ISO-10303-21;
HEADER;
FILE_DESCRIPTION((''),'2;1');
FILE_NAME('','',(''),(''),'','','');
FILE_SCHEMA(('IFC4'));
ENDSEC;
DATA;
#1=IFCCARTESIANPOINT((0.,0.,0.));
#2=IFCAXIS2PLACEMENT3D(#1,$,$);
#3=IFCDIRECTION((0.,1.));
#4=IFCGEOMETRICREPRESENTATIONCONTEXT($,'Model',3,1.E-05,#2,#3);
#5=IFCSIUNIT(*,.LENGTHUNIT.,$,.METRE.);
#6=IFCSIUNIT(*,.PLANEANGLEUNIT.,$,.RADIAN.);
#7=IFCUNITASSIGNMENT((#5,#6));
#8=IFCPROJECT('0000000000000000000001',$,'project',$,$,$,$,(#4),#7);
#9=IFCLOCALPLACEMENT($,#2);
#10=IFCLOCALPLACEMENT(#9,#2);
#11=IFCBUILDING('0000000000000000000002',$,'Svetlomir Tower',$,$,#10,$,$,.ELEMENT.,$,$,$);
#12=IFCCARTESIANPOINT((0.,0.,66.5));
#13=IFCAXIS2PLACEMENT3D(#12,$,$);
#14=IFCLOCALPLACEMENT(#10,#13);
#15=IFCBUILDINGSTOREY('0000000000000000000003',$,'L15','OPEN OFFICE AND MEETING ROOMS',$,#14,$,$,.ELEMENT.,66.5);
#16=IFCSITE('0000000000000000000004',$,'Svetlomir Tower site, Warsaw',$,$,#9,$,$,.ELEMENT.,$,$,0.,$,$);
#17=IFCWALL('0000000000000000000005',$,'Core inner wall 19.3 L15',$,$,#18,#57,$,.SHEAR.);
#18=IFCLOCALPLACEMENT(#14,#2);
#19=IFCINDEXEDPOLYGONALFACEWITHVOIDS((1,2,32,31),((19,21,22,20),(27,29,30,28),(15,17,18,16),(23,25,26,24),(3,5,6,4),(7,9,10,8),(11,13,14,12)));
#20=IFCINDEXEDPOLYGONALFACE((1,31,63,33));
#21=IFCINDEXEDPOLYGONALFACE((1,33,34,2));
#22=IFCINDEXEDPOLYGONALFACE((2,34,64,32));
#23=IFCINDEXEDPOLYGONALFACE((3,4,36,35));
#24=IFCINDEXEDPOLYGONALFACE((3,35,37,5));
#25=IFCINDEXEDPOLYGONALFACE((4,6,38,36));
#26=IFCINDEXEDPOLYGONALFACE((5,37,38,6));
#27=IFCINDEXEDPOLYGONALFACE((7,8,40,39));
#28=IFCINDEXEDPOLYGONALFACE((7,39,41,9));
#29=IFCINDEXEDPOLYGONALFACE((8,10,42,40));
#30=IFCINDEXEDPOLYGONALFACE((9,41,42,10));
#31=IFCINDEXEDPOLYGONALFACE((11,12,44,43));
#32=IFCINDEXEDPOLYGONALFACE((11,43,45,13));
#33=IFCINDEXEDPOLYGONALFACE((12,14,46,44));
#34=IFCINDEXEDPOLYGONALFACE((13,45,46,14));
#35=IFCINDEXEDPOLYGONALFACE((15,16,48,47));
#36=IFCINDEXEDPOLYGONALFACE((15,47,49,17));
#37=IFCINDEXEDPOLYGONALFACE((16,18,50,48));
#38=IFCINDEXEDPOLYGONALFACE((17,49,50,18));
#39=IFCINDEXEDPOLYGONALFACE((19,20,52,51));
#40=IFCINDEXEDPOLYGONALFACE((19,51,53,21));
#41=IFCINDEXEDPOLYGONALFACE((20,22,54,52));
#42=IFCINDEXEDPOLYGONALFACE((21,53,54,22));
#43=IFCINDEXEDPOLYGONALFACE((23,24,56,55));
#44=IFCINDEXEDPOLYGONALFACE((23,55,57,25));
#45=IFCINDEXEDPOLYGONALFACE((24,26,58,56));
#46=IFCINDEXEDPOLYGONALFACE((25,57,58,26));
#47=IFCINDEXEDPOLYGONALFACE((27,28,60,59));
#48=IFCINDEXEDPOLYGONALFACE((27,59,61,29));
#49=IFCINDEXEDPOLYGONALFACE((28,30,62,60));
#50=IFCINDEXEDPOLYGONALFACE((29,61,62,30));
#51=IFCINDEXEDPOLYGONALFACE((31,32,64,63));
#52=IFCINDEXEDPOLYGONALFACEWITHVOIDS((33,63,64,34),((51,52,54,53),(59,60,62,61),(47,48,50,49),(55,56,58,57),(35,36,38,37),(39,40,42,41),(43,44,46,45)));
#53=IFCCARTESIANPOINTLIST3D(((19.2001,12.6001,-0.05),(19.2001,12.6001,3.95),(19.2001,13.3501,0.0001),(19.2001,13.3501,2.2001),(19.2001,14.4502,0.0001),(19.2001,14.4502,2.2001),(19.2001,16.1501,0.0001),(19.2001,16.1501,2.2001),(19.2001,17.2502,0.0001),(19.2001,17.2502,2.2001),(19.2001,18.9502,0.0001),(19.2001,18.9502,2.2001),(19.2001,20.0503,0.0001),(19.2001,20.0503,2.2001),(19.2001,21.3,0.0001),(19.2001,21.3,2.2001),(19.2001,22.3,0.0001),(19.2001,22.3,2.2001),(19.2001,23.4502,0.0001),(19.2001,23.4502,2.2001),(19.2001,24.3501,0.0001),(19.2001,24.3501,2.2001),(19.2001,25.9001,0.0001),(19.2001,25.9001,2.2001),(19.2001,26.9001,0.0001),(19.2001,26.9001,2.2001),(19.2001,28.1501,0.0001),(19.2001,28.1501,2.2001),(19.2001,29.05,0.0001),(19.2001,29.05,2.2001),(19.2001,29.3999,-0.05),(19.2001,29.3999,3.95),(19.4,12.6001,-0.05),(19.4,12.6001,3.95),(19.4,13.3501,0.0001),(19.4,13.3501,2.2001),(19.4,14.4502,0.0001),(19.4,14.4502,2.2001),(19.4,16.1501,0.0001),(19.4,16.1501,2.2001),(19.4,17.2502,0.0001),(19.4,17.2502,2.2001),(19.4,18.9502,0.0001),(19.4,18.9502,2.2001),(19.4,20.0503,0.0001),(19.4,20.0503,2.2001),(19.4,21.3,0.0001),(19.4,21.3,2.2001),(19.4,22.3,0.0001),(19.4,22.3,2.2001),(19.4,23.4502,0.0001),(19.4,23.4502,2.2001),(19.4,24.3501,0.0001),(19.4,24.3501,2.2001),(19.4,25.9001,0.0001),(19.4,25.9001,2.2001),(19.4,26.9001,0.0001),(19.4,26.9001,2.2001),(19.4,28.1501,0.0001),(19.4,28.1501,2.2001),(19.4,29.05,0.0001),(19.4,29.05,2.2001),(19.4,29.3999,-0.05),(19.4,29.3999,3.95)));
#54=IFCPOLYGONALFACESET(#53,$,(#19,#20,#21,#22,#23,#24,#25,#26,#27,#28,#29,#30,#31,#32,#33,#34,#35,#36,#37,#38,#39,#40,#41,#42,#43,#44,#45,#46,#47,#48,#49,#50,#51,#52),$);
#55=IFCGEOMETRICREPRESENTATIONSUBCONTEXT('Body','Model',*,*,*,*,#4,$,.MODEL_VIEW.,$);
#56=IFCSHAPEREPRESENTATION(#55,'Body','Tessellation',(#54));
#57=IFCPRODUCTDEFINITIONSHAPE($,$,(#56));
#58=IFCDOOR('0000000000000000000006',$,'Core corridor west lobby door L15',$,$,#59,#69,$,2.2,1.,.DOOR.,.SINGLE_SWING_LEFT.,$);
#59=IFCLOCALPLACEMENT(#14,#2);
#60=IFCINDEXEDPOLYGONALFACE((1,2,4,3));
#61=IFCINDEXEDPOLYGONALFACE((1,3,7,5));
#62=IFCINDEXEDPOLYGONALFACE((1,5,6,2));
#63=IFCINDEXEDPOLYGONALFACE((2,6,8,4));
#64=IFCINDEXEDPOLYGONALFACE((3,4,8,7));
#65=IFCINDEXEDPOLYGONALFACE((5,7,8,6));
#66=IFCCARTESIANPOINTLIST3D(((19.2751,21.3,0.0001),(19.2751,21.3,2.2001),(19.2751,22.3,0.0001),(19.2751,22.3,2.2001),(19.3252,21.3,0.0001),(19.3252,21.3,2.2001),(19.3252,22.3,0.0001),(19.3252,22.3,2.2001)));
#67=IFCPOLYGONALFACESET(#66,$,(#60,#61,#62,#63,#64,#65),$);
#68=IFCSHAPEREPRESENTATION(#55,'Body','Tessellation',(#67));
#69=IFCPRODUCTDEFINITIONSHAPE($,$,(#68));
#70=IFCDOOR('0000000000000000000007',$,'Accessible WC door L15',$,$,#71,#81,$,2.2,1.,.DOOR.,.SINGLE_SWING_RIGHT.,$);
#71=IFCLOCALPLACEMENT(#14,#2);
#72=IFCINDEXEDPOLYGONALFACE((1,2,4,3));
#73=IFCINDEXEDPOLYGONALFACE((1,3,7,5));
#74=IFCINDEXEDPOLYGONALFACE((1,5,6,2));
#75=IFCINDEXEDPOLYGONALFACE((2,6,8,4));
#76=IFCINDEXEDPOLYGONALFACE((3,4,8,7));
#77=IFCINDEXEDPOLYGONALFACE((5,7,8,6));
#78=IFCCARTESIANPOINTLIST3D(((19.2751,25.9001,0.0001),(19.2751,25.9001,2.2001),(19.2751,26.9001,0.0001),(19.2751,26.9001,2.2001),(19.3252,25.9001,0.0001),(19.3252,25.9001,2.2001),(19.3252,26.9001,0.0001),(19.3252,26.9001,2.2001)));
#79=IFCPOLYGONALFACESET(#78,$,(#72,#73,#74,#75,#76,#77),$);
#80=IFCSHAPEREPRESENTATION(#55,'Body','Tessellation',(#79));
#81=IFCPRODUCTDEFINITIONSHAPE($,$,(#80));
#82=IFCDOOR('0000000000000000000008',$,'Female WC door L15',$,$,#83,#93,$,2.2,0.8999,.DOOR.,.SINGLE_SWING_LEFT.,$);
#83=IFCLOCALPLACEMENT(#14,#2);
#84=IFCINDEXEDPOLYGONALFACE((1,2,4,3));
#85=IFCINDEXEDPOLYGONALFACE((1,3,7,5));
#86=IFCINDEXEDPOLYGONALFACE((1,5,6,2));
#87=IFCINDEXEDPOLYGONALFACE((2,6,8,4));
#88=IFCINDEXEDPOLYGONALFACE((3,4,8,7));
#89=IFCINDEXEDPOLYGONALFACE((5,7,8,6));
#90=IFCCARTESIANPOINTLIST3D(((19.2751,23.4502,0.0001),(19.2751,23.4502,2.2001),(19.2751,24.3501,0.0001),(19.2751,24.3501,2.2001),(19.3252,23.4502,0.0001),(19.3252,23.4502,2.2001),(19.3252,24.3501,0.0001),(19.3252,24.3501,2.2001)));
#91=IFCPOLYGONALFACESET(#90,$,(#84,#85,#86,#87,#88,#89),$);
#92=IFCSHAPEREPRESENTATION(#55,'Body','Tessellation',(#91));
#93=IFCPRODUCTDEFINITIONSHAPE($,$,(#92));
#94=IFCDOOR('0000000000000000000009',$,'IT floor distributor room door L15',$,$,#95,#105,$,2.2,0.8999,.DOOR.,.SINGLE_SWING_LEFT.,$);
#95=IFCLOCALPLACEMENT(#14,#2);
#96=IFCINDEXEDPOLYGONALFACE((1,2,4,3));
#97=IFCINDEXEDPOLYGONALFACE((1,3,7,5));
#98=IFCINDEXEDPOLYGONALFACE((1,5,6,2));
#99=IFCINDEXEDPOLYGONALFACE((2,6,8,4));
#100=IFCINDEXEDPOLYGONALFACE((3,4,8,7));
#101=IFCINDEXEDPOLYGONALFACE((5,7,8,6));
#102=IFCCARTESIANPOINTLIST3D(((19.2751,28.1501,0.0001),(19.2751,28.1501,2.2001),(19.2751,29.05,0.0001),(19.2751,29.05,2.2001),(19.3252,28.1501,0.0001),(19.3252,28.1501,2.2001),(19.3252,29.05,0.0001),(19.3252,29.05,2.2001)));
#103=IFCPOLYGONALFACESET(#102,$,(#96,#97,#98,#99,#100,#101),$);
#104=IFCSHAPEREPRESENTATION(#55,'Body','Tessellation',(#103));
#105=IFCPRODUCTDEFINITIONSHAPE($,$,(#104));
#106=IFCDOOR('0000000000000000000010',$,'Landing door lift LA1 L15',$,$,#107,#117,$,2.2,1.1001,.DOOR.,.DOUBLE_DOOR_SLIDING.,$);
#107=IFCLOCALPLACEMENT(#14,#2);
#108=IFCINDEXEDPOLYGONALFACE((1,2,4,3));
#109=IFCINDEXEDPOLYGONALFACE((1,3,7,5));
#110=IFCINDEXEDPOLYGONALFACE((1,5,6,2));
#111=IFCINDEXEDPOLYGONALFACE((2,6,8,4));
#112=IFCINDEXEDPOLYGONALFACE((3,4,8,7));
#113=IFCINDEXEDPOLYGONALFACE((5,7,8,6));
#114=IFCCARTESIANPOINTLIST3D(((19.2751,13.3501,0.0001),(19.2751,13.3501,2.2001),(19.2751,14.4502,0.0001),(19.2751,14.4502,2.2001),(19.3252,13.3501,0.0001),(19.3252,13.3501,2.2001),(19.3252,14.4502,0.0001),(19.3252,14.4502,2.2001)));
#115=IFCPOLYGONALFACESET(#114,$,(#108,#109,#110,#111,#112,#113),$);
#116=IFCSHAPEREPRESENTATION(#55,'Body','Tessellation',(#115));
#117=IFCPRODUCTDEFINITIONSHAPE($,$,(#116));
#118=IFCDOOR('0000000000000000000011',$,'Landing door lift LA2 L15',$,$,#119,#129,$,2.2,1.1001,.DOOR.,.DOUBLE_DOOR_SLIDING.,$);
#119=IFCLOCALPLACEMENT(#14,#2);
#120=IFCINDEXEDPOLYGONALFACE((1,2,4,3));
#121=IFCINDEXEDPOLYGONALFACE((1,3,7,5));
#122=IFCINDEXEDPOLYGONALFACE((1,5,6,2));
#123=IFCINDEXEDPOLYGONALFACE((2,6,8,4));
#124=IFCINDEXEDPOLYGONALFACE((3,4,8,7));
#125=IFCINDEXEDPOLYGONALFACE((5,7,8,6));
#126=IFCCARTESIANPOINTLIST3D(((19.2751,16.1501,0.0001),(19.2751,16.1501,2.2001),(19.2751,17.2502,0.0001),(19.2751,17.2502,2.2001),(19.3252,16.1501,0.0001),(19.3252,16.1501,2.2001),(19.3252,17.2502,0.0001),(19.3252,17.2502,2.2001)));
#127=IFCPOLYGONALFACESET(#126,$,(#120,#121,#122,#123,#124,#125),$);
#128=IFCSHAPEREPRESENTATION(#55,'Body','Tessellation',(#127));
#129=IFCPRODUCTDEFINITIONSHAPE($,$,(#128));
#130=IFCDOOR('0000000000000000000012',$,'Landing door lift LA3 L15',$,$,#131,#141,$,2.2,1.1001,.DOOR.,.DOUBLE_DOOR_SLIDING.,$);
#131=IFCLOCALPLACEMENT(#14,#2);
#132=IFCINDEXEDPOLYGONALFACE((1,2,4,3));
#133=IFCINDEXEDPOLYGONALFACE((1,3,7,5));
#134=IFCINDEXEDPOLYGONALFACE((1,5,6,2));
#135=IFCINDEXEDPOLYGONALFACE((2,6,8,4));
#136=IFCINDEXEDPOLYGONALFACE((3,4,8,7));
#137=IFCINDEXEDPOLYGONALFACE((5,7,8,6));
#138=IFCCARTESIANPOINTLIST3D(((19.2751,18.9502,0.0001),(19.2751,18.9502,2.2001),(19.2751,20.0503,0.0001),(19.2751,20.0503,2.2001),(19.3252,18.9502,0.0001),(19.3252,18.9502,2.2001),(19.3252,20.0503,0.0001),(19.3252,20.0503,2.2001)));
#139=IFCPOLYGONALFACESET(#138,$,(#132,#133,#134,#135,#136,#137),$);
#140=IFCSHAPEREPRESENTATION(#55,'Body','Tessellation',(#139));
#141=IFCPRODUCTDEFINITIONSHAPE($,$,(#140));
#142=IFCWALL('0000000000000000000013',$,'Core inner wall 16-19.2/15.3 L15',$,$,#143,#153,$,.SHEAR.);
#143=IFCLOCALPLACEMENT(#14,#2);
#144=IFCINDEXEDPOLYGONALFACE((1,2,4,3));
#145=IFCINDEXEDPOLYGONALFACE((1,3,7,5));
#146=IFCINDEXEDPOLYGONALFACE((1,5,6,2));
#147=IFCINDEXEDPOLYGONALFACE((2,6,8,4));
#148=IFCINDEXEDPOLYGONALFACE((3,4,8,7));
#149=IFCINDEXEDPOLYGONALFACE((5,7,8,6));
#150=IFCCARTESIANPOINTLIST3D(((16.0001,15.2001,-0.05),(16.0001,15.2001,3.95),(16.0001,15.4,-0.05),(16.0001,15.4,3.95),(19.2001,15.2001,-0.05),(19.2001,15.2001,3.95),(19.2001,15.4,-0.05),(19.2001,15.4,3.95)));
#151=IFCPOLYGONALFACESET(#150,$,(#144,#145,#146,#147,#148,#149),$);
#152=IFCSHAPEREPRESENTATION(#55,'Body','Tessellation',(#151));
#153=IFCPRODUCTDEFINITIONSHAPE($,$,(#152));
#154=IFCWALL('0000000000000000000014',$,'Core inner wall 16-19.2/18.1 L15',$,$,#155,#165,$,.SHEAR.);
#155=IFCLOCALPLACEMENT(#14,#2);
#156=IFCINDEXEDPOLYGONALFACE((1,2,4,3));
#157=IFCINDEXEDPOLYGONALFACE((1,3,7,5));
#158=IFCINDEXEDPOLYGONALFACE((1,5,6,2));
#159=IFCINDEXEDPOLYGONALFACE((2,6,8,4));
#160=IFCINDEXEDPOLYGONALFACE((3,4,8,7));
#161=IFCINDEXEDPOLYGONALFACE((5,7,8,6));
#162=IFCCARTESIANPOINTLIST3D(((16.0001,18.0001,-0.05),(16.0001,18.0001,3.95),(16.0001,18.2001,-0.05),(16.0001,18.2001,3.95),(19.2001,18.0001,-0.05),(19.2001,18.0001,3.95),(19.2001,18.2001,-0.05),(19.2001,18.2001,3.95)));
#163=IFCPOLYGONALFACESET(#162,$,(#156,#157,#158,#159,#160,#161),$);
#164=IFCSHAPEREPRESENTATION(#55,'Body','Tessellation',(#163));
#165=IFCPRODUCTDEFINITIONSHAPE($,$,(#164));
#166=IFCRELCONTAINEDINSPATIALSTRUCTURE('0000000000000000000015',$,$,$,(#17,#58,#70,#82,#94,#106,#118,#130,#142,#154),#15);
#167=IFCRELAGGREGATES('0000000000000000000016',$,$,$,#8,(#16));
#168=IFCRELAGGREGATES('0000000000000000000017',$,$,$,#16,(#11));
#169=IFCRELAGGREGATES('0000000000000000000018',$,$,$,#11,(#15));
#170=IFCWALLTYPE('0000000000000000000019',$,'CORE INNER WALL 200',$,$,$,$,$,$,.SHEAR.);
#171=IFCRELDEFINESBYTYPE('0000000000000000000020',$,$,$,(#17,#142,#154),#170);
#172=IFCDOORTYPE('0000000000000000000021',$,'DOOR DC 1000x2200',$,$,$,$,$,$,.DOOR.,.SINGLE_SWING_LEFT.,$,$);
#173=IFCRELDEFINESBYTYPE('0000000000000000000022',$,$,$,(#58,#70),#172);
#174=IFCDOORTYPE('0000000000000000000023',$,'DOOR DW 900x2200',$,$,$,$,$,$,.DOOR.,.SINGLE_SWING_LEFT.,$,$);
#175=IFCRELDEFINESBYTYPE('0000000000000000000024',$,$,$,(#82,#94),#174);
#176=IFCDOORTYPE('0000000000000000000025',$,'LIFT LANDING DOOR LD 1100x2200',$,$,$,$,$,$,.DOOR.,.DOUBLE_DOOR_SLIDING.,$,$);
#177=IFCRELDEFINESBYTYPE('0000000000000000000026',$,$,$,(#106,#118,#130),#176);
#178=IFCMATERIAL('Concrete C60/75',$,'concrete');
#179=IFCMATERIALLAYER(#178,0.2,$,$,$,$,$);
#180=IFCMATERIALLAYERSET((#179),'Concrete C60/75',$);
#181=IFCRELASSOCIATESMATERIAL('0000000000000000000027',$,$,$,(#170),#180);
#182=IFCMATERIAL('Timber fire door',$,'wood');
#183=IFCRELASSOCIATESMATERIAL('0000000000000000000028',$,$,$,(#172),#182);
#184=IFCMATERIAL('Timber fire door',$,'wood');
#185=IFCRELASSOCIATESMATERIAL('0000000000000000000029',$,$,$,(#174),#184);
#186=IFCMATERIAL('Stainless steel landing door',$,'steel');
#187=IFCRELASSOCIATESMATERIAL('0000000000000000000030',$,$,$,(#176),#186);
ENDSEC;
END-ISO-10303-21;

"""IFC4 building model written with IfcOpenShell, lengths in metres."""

from ifc_helpers import new_model, si_unit, direction, frame, frame_2d, origin, place, context, subcontext, project, spatial, rectangle, extrude, material, layer, layer_set, type_object, element, fill, save


model = new_model("IFC4")

# Units and contexts
model_context = context("Model", 3, precision=1e-05, world=origin(), true_north=direction((0.0, 1.0)))
body_context = subcontext(model_context, "Body", "Model", "MODEL_VIEW")
ifc_project = project(units=[si_unit("LENGTHUNIT", "METRE"), si_unit("PLANEANGLEUNIT", "RADIAN")], contexts=[model_context])

# Site, building, storey
site_placement = place(None, origin())
site = spatial("IfcSite", under=ifc_project, at=site_placement, Name="Svetlomir Tower site, Warsaw", CompositionType="ELEMENT", RefElevation=0.0)
building_placement = place(site_placement, origin())
building = spatial("IfcBuilding", under=site, at=building_placement, Name="Svetlomir Tower", CompositionType="ELEMENT")
storey_placement = place(building_placement, frame((0.0, 0.0, 66.5)))
storey = spatial("IfcBuildingStorey", under=building, at=storey_placement, Name="L15", Description="OPEN OFFICE AND MEETING ROOMS", CompositionType="ELEMENT", Elevation=66.5)

# Shared definitions
ifc_material_1 = material(Name="Concrete C60/75", Category="concrete")
ifc_layer_1 = layer(ifc_material_1, 0.2)
ifc_layer_set_1 = layer_set([ifc_layer_1], Name="Concrete C60/75")
wall_type_1 = type_object("IfcWallType", Name="CORE INNER WALL 200", PredefinedType="SHEAR", material=ifc_layer_set_1)

# Wall, openings, doors
wall_1_placement = place(storey_placement, frame((19.3, 12.6001, -0.05), z_axis=(0.0, 0.0, 1.0), x_axis=(0.0, 1.0, 0.0)))
wall_1 = element("IfcWall", 1, at=wall_1_placement, inside=storey, type_object=wall_type_1, Name="Core inner wall 19.3 L15", PredefinedType="SHEAR", context=body_context, shape_type="SweptSolid", body=[
    extrude(rectangle(XDim=16.7998, YDim=0.2, at=frame_2d((8.3999, 0.0))), origin(), (0.0, 0.0, 1.0), 4.0),
])
opening_1_placement = place(wall_1_placement, frame((8.7, 0.0, 0.05)))
opening_1 = element("IfcOpeningElement", 2, at=opening_1_placement, cuts=wall_1, PredefinedType="OPENING", context=body_context, shape_type="SweptSolid", body=[
    extrude(rectangle(XDim=1.0, YDim=2.2, at=frame_2d((0.5, 1.1001))), frame((0.0, 0.1099, 0.0), z_axis=(0.0, -1.0, 0.0), x_axis=(1.0, 0.0, 0.0)), (0.0, 0.0, 1.0), 0.22),
])
opening_2_placement = place(wall_1_placement, frame((10.8501, 0.0, 0.05)))
opening_2 = element("IfcOpeningElement", 3, at=opening_2_placement, cuts=wall_1, PredefinedType="OPENING", context=body_context, shape_type="SweptSolid", body=[
    extrude(rectangle(XDim=0.8999, YDim=2.2, at=frame_2d((0.45, 1.1001))), frame((0.0, 0.1099, 0.0), z_axis=(0.0, -1.0, 0.0), x_axis=(1.0, 0.0, 0.0)), (0.0, 0.0, 1.0), 0.22),
])
opening_3_placement = place(wall_1_placement, frame((13.3, 0.0, 0.05)))
opening_3 = element("IfcOpeningElement", 4, at=opening_3_placement, cuts=wall_1, PredefinedType="OPENING", context=body_context, shape_type="SweptSolid", body=[
    extrude(rectangle(XDim=1.0, YDim=2.2, at=frame_2d((0.5, 1.1001))), frame((0.0, 0.1099, 0.0), z_axis=(0.0, -1.0, 0.0), x_axis=(1.0, 0.0, 0.0)), (0.0, 0.0, 1.0), 0.22),
])
opening_4_placement = place(wall_1_placement, frame((15.55, 0.0, 0.05)))
opening_4 = element("IfcOpeningElement", 5, at=opening_4_placement, cuts=wall_1, PredefinedType="OPENING", context=body_context, shape_type="SweptSolid", body=[
    extrude(rectangle(XDim=0.8999, YDim=2.2, at=frame_2d((0.45, 1.1001))), frame((0.0, 0.1099, 0.0), z_axis=(0.0, -1.0, 0.0), x_axis=(1.0, 0.0, 0.0)), (0.0, 0.0, 1.0), 0.22),
])
opening_5_placement = place(wall_1_placement, frame((0.75, 0.0, 0.05)))
opening_5 = element("IfcOpeningElement", 6, at=opening_5_placement, cuts=wall_1, PredefinedType="OPENING", context=body_context, shape_type="SweptSolid", body=[
    extrude(rectangle(XDim=1.1001, YDim=2.2, at=frame_2d((0.55, 1.1001))), frame((0.0, 0.1099, 0.0), z_axis=(0.0, -1.0, 0.0), x_axis=(1.0, 0.0, 0.0)), (0.0, 0.0, 1.0), 0.22),
])
opening_6_placement = place(wall_1_placement, frame((3.55, 0.0, 0.05)))
opening_6 = element("IfcOpeningElement", 7, at=opening_6_placement, cuts=wall_1, PredefinedType="OPENING", context=body_context, shape_type="SweptSolid", body=[
    extrude(rectangle(XDim=1.1001, YDim=2.2, at=frame_2d((0.55, 1.1001))), frame((0.0, 0.1099, 0.0), z_axis=(0.0, -1.0, 0.0), x_axis=(1.0, 0.0, 0.0)), (0.0, 0.0, 1.0), 0.22),
])
opening_7_placement = place(wall_1_placement, frame((6.3501, 0.0, 0.05)))
opening_7 = element("IfcOpeningElement", 8, at=opening_7_placement, cuts=wall_1, PredefinedType="OPENING", context=body_context, shape_type="SweptSolid", body=[
    extrude(rectangle(XDim=1.1001, YDim=2.2, at=frame_2d((0.55, 1.1001))), frame((0.0, 0.1099, 0.0), z_axis=(0.0, -1.0, 0.0), x_axis=(1.0, 0.0, 0.0)), (0.0, 0.0, 1.0), 0.22),
])
ifc_material_2 = material(Name="Timber fire door", Category="wood")
door_type_1 = type_object("IfcDoorType", Name="DOOR DC 1000x2200", OperationType="SINGLE_SWING_LEFT", PredefinedType="DOOR", material=ifc_material_2)
door_1_placement = place(opening_1_placement, origin())
door_1 = element("IfcDoor", 9, at=door_1_placement, inside=storey, type_object=door_type_1, Name="Core corridor west lobby door L15", OperationType="SINGLE_SWING_LEFT", OverallHeight=2.2, OverallWidth=1.0, PredefinedType="DOOR", context=body_context, shape_type="SweptSolid", body=[
    extrude(rectangle(XDim=1.0, YDim=2.2, at=frame_2d((0.5, 1.1001))), frame((0.0, 0.0249, 0.0), z_axis=(0.0, -1.0, 0.0), x_axis=(1.0, 0.0, 0.0)), (0.0, 0.0, 1.0), 0.05),
])
fill(opening_1, door_1)
door_2_placement = place(opening_3_placement, origin())
door_2 = element("IfcDoor", 10, at=door_2_placement, inside=storey, type_object=door_type_1, Name="Accessible WC door L15", OperationType="SINGLE_SWING_RIGHT", OverallHeight=2.2, OverallWidth=1.0, PredefinedType="DOOR", context=body_context, shape_type="SweptSolid", body=[
    extrude(rectangle(XDim=1.0, YDim=2.2, at=frame_2d((0.5, 1.1001))), frame((0.0, 0.0249, 0.0), z_axis=(0.0, -1.0, 0.0), x_axis=(1.0, 0.0, 0.0)), (0.0, 0.0, 1.0), 0.05),
])
fill(opening_3, door_2)
ifc_material_3 = material(Name="Timber fire door", Category="wood")
door_type_2 = type_object("IfcDoorType", Name="DOOR DW 900x2200", OperationType="SINGLE_SWING_LEFT", PredefinedType="DOOR", material=ifc_material_3)
door_3_placement = place(opening_2_placement, origin())
door_3 = element("IfcDoor", 11, at=door_3_placement, inside=storey, type_object=door_type_2, Name="Female WC door L15", OperationType="SINGLE_SWING_LEFT", OverallHeight=2.2, OverallWidth=0.8999, PredefinedType="DOOR", context=body_context, shape_type="SweptSolid", body=[
    extrude(rectangle(XDim=0.8999, YDim=2.2, at=frame_2d((0.45, 1.1001))), frame((0.0, 0.0249, 0.0), z_axis=(0.0, -1.0, 0.0), x_axis=(1.0, 0.0, 0.0)), (0.0, 0.0, 1.0), 0.05),
])
fill(opening_2, door_3)
door_4_placement = place(opening_4_placement, origin())
door_4 = element("IfcDoor", 12, at=door_4_placement, inside=storey, type_object=door_type_2, Name="IT floor distributor room door L15", OperationType="SINGLE_SWING_LEFT", OverallHeight=2.2, OverallWidth=0.8999, PredefinedType="DOOR", context=body_context, shape_type="SweptSolid", body=[
    extrude(rectangle(XDim=0.8999, YDim=2.2, at=frame_2d((0.45, 1.1001))), frame((0.0, 0.0249, 0.0), z_axis=(0.0, -1.0, 0.0), x_axis=(1.0, 0.0, 0.0)), (0.0, 0.0, 1.0), 0.05),
])
fill(opening_4, door_4)
ifc_material_4 = material(Name="Stainless steel landing door", Category="steel")
door_type_3 = type_object("IfcDoorType", Name="LIFT LANDING DOOR LD 1100x2200", OperationType="DOUBLE_DOOR_SLIDING", PredefinedType="DOOR", material=ifc_material_4)
door_5_placement = place(opening_5_placement, origin())
door_5 = element("IfcDoor", 13, at=door_5_placement, inside=storey, type_object=door_type_3, Name="Landing door lift LA1 L15", OperationType="DOUBLE_DOOR_SLIDING", OverallHeight=2.2, OverallWidth=1.1001, PredefinedType="DOOR", context=body_context, shape_type="SweptSolid", body=[
    extrude(rectangle(XDim=1.1001, YDim=2.2, at=frame_2d((0.55, 1.1001))), frame((0.0, 0.0249, 0.0), z_axis=(0.0, -1.0, 0.0), x_axis=(1.0, 0.0, 0.0)), (0.0, 0.0, 1.0), 0.05),
])
fill(opening_5, door_5)
door_6_placement = place(opening_6_placement, origin())
door_6 = element("IfcDoor", 14, at=door_6_placement, inside=storey, type_object=door_type_3, Name="Landing door lift LA2 L15", OperationType="DOUBLE_DOOR_SLIDING", OverallHeight=2.2, OverallWidth=1.1001, PredefinedType="DOOR", context=body_context, shape_type="SweptSolid", body=[
    extrude(rectangle(XDim=1.1001, YDim=2.2, at=frame_2d((0.55, 1.1001))), frame((0.0, 0.0249, 0.0), z_axis=(0.0, -1.0, 0.0), x_axis=(1.0, 0.0, 0.0)), (0.0, 0.0, 1.0), 0.05),
])
fill(opening_6, door_6)
door_7_placement = place(opening_7_placement, origin())
door_7 = element("IfcDoor", 15, at=door_7_placement, inside=storey, type_object=door_type_3, Name="Landing door lift LA3 L15", OperationType="DOUBLE_DOOR_SLIDING", OverallHeight=2.2, OverallWidth=1.1001, PredefinedType="DOOR", context=body_context, shape_type="SweptSolid", body=[
    extrude(rectangle(XDim=1.1001, YDim=2.2, at=frame_2d((0.55, 1.1001))), frame((0.0, 0.0249, 0.0), z_axis=(0.0, -1.0, 0.0), x_axis=(1.0, 0.0, 0.0)), (0.0, 0.0, 1.0), 0.05),
])
fill(opening_7, door_7)

# Walls
for number, where, z_axis, x_axis, name in (
    (16, (16.0, 15.3, -0.05), (0.0, 0.0, 1.0), (1.0, 0.0, 0.0), "Core inner wall 16-19.2/15.3 L15"),
    (17, (16.0, 18.1001, -0.05), (0.0, 0.0, 1.0), (1.0, 0.0, 0.0), "Core inner wall 16-19.2/18.1 L15"),
):
    element("IfcWall", number, at=place(storey_placement, frame(where, z_axis=z_axis, x_axis=x_axis)), inside=storey, type_object=wall_type_1, Name=name, PredefinedType="SHEAR", context=body_context, shape_type="SweptSolid", body=[
        extrude(rectangle(XDim=3.2, YDim=0.2, at=frame_2d((1.6001, 0.0))), origin(), (0.0, 0.0, 1.0), 4.0),
    ])

save(model, "model.ifc")
